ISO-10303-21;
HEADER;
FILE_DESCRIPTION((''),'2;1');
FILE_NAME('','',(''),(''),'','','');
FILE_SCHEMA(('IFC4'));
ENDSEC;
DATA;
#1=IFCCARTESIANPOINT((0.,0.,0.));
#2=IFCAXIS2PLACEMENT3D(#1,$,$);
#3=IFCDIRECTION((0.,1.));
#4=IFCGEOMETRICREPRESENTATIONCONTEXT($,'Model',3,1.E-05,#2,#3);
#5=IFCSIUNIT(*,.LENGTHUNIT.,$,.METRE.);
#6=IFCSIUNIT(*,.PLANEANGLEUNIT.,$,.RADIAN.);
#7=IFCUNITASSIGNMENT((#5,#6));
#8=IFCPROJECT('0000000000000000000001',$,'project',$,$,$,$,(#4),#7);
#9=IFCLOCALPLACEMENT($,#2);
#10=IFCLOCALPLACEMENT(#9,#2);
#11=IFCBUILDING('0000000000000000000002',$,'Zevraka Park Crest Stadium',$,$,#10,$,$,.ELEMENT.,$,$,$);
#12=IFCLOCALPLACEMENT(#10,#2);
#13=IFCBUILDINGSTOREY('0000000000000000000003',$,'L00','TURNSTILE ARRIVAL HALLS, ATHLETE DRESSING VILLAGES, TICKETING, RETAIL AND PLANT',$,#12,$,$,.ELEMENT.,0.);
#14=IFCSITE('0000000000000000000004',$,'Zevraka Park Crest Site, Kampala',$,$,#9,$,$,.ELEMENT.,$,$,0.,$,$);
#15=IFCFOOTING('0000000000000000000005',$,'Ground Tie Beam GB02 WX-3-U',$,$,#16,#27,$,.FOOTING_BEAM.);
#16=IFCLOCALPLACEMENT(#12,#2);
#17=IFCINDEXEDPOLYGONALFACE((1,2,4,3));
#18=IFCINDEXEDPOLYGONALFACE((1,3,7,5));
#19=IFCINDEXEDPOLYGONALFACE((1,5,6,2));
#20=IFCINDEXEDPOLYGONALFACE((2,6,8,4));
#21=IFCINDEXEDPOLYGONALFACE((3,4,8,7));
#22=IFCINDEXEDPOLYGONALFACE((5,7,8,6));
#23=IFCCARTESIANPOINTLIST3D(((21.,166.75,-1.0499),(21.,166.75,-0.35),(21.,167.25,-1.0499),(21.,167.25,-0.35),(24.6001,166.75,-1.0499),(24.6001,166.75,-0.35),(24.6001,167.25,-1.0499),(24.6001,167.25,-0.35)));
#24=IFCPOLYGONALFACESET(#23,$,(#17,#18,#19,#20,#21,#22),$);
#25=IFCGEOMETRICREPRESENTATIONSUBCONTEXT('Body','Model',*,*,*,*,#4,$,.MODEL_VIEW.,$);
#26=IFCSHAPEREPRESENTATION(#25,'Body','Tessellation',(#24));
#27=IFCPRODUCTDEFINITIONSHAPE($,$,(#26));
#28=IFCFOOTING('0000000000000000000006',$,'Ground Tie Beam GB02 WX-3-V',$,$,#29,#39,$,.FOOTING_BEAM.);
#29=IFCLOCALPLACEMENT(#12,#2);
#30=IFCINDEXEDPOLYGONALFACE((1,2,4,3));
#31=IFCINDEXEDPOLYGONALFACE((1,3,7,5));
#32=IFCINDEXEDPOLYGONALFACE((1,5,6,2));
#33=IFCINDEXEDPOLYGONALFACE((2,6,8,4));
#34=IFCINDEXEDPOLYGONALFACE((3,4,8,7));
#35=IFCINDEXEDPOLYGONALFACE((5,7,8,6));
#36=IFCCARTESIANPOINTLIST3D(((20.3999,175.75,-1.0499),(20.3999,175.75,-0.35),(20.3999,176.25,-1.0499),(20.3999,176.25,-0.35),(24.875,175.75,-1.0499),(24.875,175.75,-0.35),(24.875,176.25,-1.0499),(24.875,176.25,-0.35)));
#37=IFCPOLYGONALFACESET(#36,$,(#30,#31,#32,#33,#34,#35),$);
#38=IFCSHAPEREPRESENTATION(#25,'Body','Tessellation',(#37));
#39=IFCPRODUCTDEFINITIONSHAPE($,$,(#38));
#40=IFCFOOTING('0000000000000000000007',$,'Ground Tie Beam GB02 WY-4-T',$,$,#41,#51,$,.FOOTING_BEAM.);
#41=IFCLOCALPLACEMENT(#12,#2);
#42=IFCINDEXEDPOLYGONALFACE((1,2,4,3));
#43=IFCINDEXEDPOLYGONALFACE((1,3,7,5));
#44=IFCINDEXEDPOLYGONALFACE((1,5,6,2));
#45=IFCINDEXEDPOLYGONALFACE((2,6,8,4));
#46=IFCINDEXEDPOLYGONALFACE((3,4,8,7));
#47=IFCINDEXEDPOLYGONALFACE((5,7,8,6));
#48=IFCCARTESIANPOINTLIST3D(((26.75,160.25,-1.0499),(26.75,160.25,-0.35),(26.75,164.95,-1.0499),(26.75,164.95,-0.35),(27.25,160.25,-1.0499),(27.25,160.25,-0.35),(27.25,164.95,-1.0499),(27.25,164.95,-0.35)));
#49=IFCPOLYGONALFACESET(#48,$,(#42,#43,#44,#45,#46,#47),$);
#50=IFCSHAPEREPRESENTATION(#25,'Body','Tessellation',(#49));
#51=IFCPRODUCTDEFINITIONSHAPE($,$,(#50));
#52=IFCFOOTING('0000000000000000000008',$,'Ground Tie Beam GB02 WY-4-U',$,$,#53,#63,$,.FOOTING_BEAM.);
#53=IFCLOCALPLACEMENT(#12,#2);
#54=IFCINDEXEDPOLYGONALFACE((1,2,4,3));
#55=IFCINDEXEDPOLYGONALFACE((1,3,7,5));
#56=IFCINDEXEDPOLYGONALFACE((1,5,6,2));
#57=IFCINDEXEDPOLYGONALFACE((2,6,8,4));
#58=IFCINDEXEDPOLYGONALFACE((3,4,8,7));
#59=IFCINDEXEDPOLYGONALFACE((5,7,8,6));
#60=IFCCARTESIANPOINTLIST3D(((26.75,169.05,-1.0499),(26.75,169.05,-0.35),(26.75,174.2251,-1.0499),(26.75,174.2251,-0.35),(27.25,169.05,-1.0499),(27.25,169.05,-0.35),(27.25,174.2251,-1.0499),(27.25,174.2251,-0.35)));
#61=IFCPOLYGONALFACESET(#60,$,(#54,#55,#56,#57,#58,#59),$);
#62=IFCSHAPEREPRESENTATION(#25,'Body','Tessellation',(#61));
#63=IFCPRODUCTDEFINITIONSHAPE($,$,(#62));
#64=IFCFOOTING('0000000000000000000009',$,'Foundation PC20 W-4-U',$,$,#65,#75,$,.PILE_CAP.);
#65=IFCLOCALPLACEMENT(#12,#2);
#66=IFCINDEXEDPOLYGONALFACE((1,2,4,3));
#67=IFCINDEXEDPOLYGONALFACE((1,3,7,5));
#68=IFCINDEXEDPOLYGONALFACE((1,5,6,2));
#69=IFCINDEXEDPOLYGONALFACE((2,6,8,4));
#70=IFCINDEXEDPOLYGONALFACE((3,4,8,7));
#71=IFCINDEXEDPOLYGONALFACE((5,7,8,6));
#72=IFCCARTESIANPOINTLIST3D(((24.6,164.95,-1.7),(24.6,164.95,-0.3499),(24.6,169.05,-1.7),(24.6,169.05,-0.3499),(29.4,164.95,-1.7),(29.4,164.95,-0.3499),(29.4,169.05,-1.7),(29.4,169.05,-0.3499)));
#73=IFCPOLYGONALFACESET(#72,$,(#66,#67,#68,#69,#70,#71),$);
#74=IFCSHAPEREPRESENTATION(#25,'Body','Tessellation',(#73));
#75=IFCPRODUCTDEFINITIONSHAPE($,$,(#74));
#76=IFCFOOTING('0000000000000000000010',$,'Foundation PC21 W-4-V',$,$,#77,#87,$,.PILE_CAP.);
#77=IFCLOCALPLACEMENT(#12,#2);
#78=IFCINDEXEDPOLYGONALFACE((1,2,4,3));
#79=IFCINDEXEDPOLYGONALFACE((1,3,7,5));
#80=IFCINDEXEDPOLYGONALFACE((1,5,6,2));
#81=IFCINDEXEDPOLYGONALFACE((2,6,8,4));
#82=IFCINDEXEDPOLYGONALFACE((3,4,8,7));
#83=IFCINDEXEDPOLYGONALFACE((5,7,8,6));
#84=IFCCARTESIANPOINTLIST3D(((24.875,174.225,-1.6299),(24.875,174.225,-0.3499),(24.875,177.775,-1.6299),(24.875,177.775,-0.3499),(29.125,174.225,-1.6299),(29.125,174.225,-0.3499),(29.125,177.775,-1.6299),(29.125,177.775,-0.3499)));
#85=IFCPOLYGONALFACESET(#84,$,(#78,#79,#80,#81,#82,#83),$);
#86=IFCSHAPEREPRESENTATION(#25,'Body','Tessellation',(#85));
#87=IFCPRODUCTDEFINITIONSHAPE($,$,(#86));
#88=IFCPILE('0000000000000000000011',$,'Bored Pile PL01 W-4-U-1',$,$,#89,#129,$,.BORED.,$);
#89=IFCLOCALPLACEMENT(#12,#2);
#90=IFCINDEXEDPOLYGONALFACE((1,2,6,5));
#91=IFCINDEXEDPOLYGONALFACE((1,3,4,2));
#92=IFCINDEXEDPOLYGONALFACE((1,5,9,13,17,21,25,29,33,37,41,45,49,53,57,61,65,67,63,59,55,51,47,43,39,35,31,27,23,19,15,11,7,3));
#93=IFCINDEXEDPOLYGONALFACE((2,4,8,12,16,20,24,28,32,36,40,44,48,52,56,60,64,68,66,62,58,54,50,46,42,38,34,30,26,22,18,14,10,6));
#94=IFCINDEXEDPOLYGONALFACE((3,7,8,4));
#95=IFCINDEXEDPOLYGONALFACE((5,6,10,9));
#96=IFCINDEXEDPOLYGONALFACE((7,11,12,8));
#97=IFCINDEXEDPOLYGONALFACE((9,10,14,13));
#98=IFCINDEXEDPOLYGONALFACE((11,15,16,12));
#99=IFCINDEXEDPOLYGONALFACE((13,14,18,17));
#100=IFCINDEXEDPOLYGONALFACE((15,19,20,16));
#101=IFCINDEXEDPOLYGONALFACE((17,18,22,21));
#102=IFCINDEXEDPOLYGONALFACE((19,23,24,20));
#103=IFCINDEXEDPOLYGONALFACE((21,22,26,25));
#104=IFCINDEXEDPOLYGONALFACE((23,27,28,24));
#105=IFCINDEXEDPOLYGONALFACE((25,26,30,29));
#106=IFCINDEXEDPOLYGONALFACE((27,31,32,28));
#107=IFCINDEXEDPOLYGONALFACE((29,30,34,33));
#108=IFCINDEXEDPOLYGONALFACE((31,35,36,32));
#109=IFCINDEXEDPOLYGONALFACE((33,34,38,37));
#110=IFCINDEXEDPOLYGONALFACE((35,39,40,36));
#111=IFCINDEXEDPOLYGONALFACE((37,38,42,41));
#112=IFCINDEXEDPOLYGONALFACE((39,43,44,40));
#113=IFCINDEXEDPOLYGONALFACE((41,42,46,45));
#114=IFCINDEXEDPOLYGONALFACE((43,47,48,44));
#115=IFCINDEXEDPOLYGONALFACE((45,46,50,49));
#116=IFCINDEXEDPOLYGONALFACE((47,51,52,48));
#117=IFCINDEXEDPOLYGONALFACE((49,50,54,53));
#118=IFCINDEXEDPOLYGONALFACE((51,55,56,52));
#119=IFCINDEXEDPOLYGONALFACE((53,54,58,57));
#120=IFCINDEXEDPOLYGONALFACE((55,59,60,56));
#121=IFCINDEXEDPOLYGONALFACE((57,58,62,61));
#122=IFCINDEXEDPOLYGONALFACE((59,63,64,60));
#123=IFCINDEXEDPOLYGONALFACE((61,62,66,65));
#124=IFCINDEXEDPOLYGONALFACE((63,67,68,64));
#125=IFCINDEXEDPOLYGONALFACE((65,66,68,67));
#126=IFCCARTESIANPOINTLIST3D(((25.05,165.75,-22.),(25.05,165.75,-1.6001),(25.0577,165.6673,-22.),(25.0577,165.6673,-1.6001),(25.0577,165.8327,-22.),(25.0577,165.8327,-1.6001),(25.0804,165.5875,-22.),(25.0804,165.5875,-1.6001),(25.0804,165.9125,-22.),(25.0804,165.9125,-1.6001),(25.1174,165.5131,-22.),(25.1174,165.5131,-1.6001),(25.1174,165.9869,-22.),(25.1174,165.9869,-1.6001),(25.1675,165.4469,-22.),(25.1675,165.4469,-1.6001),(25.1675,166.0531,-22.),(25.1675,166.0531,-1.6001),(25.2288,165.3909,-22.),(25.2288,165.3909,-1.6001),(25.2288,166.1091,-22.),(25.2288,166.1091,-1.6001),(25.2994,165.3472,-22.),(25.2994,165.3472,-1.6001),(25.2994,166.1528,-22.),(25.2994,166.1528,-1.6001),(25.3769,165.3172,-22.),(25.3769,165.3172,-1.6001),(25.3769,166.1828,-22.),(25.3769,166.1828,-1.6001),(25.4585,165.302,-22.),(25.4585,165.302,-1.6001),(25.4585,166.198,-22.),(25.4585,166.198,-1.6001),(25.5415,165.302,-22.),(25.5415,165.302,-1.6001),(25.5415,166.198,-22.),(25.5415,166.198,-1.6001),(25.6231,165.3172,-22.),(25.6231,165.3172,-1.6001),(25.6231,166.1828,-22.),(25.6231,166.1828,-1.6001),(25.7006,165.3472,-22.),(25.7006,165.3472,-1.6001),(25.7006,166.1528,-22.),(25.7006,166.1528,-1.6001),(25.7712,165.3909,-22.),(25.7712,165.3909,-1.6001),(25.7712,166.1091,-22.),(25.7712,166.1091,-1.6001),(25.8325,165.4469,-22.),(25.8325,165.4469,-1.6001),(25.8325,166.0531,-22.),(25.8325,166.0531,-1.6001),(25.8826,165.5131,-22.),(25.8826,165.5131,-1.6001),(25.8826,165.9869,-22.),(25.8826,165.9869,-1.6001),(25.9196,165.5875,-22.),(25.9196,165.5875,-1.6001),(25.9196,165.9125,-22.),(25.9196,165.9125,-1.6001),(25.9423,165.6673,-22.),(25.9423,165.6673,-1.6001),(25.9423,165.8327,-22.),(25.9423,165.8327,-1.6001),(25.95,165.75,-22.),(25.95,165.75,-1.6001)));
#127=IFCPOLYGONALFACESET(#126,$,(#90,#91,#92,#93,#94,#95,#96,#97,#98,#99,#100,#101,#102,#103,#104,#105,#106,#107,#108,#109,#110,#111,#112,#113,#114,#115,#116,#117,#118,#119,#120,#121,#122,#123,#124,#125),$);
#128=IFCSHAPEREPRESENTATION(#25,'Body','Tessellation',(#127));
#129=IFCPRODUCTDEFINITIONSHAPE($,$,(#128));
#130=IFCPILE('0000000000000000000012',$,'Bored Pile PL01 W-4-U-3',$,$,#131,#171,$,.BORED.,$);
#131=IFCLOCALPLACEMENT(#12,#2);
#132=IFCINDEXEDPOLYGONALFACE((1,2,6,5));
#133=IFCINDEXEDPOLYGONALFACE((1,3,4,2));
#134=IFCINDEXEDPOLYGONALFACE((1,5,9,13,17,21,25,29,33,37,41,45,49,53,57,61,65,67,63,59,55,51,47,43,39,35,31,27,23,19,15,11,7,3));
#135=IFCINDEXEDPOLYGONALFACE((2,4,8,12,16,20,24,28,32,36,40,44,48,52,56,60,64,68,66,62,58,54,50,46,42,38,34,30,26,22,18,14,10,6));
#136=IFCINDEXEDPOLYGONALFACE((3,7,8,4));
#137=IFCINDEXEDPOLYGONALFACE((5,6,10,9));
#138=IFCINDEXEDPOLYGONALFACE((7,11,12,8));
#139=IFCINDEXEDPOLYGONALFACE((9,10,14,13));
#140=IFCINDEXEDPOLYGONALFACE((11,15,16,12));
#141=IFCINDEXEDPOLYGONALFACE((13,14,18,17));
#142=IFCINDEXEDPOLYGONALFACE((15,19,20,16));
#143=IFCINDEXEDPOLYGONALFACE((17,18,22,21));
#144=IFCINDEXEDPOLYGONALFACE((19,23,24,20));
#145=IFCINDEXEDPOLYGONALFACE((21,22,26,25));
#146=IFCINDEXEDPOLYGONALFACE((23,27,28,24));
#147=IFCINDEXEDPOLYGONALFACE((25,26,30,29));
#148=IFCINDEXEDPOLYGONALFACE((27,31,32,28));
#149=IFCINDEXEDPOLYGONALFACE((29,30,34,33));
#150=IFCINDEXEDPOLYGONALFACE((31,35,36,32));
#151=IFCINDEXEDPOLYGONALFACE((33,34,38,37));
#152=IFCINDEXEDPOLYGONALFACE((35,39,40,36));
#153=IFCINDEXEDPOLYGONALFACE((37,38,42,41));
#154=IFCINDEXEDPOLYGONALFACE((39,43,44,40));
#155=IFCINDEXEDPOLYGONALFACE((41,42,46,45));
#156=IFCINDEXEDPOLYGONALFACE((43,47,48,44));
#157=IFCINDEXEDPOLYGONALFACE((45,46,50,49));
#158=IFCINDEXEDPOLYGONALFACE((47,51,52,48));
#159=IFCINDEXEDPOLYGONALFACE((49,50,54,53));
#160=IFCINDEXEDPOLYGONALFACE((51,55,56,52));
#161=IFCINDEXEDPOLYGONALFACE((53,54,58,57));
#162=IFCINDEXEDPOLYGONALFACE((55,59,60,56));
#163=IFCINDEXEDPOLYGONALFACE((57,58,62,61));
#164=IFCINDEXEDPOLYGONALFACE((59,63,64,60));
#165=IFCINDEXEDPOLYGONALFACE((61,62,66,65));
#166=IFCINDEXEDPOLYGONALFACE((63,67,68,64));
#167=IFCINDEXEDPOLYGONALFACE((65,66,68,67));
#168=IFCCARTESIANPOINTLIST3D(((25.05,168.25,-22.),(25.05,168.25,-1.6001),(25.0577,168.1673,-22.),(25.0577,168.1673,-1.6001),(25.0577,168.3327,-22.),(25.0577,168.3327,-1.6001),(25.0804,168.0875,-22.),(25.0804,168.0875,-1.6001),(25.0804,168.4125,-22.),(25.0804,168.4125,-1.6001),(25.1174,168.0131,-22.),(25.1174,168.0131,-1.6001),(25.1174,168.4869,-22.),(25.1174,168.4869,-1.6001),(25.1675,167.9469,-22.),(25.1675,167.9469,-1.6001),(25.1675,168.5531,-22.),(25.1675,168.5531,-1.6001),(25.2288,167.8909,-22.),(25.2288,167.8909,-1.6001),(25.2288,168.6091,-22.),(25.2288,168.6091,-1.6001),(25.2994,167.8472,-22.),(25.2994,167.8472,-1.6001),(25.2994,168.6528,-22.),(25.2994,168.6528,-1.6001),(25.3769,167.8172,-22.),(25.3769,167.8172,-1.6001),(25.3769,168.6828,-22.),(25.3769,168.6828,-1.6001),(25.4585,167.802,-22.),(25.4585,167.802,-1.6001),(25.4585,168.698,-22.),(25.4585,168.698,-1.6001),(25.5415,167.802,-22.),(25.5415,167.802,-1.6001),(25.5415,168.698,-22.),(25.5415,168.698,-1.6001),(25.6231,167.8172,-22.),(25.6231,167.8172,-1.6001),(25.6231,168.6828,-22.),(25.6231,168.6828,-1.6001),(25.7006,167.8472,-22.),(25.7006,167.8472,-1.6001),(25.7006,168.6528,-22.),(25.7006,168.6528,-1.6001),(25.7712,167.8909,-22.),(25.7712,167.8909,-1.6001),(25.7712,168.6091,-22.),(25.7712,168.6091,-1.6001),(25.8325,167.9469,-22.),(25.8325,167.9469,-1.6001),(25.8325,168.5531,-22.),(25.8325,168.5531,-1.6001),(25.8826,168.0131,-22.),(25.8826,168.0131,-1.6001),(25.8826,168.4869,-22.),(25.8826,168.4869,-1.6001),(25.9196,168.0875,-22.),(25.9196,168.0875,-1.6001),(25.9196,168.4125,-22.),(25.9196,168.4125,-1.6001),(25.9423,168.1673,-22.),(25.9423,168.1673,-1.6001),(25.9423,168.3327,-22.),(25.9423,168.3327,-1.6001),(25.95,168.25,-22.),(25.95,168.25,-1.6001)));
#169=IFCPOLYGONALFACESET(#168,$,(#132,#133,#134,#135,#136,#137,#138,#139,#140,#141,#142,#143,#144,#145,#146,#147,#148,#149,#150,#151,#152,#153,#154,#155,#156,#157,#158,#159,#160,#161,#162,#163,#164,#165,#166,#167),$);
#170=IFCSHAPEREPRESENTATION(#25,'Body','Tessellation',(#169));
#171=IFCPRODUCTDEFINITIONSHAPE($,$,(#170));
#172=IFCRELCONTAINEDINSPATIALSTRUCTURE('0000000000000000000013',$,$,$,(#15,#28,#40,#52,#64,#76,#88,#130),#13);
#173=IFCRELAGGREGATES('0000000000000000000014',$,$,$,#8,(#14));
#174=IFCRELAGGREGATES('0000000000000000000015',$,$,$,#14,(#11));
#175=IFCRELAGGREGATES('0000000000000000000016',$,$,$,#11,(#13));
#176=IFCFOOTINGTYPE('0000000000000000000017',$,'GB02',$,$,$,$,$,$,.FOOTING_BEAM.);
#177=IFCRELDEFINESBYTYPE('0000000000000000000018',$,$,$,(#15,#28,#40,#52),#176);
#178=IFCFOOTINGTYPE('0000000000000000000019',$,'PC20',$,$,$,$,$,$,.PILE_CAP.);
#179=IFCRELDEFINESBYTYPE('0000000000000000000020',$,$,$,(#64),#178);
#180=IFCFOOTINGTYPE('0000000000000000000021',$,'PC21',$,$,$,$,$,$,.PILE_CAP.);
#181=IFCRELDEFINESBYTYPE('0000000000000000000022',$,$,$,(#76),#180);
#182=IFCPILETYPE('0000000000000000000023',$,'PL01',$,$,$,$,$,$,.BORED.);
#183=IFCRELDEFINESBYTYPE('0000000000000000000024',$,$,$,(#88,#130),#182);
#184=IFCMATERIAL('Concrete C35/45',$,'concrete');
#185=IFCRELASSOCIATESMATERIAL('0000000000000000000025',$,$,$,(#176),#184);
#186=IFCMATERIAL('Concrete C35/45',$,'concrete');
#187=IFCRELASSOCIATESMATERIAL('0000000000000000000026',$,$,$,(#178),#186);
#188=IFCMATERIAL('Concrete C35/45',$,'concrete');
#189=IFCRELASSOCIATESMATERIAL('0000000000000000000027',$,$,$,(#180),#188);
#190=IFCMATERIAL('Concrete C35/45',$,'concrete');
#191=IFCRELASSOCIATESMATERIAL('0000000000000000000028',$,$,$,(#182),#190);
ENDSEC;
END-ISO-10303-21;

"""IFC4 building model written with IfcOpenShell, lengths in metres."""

from ifc_helpers import new_model, si_unit, direction, frame, origin, origin_2d, place, context, subcontext, project, spatial, rectangle, circle, extrude, material, material_profile, profile_set, type_object, element, save


model = new_model("IFC4")

# Units and contexts
model_context = context("Model", 3, precision=1e-05, world=origin(), true_north=direction((0.0, 1.0)))
body_context = subcontext(model_context, "Body", "Model", "MODEL_VIEW")
ifc_project = project(units=[si_unit("LENGTHUNIT", "METRE"), si_unit("PLANEANGLEUNIT", "RADIAN")], contexts=[model_context])

# Site, building, storey
site_placement = place(None, origin())
site = spatial("IfcSite", under=ifc_project, at=site_placement, Name="Zevraka Park Crest Site, Kampala", CompositionType="ELEMENT", RefElevation=0.0)
building_placement = place(site_placement, origin())
building = spatial("IfcBuilding", under=site, at=building_placement, Name="Zevraka Park Crest Stadium", CompositionType="ELEMENT")
storey_placement = place(building_placement, origin())
storey = spatial("IfcBuildingStorey", under=building, at=storey_placement, Name="L00", Description="TURNSTILE ARRIVAL HALLS, ATHLETE DRESSING VILLAGES, TICKETING, RETAIL AND PLANT", CompositionType="ELEMENT", Elevation=0.0)

# Footings
ifc_material_1 = material(Name="Concrete C35/45", Category="concrete")
ifc_material_profile_1 = material_profile(ifc_material_1, rectangle(XDim=0.5, YDim=0.7, at=origin_2d()), Name="GB 700x500")
ifc_profile_set_1 = profile_set([ifc_material_profile_1], Name="Concrete C35/45")
footing_type_1 = type_object("IfcFootingType", Name="GB02", PredefinedType="FOOTING_BEAM", material=ifc_profile_set_1)
footing_1_placement = place(storey_placement, frame((21.0, 167.0, -0.7), z_axis=(1.0, 0.0, 0.0), x_axis=(0.0, 1.0, 0.0)))
element("IfcFooting", 1, at=footing_1_placement, inside=storey, type_object=footing_type_1, Name="Ground Tie Beam GB02 WX-3-U", PredefinedType="FOOTING_BEAM", context=body_context, shape_type="SweptSolid", body=[
    extrude(rectangle(XDim=0.5, YDim=0.7, at=origin_2d()), origin(), (0.0, 0.0, 1.0), 3.6001),
])
footing_2_placement = place(storey_placement, frame((20.3999, 176.0, -0.7), z_axis=(1.0, 0.0, 0.0), x_axis=(0.0, 1.0, 0.0)))
element("IfcFooting", 2, at=footing_2_placement, inside=storey, type_object=footing_type_1, Name="Ground Tie Beam GB02 WX-3-V", PredefinedType="FOOTING_BEAM", context=body_context, shape_type="SweptSolid", body=[
    extrude(rectangle(XDim=0.5, YDim=0.7, at=origin_2d()), origin(), (0.0, 0.0, 1.0), 4.4751),
])
footing_3_placement = place(storey_placement, frame((27.0, 160.25, -0.7), z_axis=(0.0, 1.0, 0.0), x_axis=(-1.0, 0.0, 0.0)))
element("IfcFooting", 3, at=footing_3_placement, inside=storey, type_object=footing_type_1, Name="Ground Tie Beam GB02 WY-4-T", PredefinedType="FOOTING_BEAM", context=body_context, shape_type="SweptSolid", body=[
    extrude(rectangle(XDim=0.5, YDim=0.7, at=origin_2d()), origin(), (0.0, 0.0, 1.0), 4.7),
])
footing_4_placement = place(storey_placement, frame((27.0, 169.05, -0.7), z_axis=(0.0, 1.0, 0.0), x_axis=(-1.0, 0.0, 0.0)))
element("IfcFooting", 4, at=footing_4_placement, inside=storey, type_object=footing_type_1, Name="Ground Tie Beam GB02 WY-4-U", PredefinedType="FOOTING_BEAM", context=body_context, shape_type="SweptSolid", body=[
    extrude(rectangle(XDim=0.5, YDim=0.7, at=origin_2d()), origin(), (0.0, 0.0, 1.0), 5.175),
])
ifc_material_2 = material(Name="Concrete C35/45", Category="concrete")
footing_type_2 = type_object("IfcFootingType", Name="PC20", PredefinedType="PILE_CAP", material=ifc_material_2)
footing_5_placement = place(storey_placement, frame((27.0, 167.0, -1.7), z_axis=(0.0, 0.0, 1.0), x_axis=(1.0, 0.0, 0.0)))
element("IfcFooting", 5, at=footing_5_placement, inside=storey, type_object=footing_type_2, Name="Foundation PC20 W-4-U", PredefinedType="PILE_CAP", context=body_context, shape_type="SweptSolid", body=[
    extrude(rectangle(XDim=4.8, YDim=4.1001, at=origin_2d()), origin(), (0.0, 0.0, 1.0), 1.3501),
])
ifc_material_3 = material(Name="Concrete C35/45", Category="concrete")
footing_type_3 = type_object("IfcFootingType", Name="PC21", PredefinedType="PILE_CAP", material=ifc_material_3)
footing_6_placement = place(storey_placement, frame((27.0, 176.0, -1.6299), z_axis=(0.0, 0.0, 1.0), x_axis=(1.0, 0.0, 0.0)))
element("IfcFooting", 6, at=footing_6_placement, inside=storey, type_object=footing_type_3, Name="Foundation PC21 W-4-V", PredefinedType="PILE_CAP", context=body_context, shape_type="SweptSolid", body=[
    extrude(rectangle(XDim=4.25, YDim=3.55, at=origin_2d()), origin(), (0.0, 0.0, 1.0), 1.28),
])

# Piles
ifc_material_4 = material(Name="Concrete C35/45", Category="concrete")
ifc_material_profile_2 = material_profile(ifc_material_4, circle(Radius=0.45, at=origin_2d()), Name="PILE D900")
ifc_profile_set_2 = profile_set([ifc_material_profile_2], Name="Concrete C35/45")
pile_type_1 = type_object("IfcPileType", Name="PL01", PredefinedType="BORED", material=ifc_profile_set_2)
for number, where, z_axis, x_axis, name in (
    (7, (25.5, 165.75, -1.6001), (0.0, 0.0, -1.0), (1.0, 0.0, 0.0), "Bored Pile PL01 W-4-U-1"),
    (8, (25.5, 168.25, -1.6001), (0.0, 0.0, -1.0), (1.0, 0.0, 0.0), "Bored Pile PL01 W-4-U-3"),
):
    element("IfcPile", number, at=place(storey_placement, frame(where, z_axis=z_axis, x_axis=x_axis)), inside=storey, type_object=pile_type_1, Name=name, PredefinedType="BORED", context=body_context, shape_type="SweptSolid", body=[
        extrude(circle(Radius=0.45, at=origin_2d()), origin(), (0.0, 0.0, 1.0), 20.3999),
    ])

save(model, "model.ifc")
